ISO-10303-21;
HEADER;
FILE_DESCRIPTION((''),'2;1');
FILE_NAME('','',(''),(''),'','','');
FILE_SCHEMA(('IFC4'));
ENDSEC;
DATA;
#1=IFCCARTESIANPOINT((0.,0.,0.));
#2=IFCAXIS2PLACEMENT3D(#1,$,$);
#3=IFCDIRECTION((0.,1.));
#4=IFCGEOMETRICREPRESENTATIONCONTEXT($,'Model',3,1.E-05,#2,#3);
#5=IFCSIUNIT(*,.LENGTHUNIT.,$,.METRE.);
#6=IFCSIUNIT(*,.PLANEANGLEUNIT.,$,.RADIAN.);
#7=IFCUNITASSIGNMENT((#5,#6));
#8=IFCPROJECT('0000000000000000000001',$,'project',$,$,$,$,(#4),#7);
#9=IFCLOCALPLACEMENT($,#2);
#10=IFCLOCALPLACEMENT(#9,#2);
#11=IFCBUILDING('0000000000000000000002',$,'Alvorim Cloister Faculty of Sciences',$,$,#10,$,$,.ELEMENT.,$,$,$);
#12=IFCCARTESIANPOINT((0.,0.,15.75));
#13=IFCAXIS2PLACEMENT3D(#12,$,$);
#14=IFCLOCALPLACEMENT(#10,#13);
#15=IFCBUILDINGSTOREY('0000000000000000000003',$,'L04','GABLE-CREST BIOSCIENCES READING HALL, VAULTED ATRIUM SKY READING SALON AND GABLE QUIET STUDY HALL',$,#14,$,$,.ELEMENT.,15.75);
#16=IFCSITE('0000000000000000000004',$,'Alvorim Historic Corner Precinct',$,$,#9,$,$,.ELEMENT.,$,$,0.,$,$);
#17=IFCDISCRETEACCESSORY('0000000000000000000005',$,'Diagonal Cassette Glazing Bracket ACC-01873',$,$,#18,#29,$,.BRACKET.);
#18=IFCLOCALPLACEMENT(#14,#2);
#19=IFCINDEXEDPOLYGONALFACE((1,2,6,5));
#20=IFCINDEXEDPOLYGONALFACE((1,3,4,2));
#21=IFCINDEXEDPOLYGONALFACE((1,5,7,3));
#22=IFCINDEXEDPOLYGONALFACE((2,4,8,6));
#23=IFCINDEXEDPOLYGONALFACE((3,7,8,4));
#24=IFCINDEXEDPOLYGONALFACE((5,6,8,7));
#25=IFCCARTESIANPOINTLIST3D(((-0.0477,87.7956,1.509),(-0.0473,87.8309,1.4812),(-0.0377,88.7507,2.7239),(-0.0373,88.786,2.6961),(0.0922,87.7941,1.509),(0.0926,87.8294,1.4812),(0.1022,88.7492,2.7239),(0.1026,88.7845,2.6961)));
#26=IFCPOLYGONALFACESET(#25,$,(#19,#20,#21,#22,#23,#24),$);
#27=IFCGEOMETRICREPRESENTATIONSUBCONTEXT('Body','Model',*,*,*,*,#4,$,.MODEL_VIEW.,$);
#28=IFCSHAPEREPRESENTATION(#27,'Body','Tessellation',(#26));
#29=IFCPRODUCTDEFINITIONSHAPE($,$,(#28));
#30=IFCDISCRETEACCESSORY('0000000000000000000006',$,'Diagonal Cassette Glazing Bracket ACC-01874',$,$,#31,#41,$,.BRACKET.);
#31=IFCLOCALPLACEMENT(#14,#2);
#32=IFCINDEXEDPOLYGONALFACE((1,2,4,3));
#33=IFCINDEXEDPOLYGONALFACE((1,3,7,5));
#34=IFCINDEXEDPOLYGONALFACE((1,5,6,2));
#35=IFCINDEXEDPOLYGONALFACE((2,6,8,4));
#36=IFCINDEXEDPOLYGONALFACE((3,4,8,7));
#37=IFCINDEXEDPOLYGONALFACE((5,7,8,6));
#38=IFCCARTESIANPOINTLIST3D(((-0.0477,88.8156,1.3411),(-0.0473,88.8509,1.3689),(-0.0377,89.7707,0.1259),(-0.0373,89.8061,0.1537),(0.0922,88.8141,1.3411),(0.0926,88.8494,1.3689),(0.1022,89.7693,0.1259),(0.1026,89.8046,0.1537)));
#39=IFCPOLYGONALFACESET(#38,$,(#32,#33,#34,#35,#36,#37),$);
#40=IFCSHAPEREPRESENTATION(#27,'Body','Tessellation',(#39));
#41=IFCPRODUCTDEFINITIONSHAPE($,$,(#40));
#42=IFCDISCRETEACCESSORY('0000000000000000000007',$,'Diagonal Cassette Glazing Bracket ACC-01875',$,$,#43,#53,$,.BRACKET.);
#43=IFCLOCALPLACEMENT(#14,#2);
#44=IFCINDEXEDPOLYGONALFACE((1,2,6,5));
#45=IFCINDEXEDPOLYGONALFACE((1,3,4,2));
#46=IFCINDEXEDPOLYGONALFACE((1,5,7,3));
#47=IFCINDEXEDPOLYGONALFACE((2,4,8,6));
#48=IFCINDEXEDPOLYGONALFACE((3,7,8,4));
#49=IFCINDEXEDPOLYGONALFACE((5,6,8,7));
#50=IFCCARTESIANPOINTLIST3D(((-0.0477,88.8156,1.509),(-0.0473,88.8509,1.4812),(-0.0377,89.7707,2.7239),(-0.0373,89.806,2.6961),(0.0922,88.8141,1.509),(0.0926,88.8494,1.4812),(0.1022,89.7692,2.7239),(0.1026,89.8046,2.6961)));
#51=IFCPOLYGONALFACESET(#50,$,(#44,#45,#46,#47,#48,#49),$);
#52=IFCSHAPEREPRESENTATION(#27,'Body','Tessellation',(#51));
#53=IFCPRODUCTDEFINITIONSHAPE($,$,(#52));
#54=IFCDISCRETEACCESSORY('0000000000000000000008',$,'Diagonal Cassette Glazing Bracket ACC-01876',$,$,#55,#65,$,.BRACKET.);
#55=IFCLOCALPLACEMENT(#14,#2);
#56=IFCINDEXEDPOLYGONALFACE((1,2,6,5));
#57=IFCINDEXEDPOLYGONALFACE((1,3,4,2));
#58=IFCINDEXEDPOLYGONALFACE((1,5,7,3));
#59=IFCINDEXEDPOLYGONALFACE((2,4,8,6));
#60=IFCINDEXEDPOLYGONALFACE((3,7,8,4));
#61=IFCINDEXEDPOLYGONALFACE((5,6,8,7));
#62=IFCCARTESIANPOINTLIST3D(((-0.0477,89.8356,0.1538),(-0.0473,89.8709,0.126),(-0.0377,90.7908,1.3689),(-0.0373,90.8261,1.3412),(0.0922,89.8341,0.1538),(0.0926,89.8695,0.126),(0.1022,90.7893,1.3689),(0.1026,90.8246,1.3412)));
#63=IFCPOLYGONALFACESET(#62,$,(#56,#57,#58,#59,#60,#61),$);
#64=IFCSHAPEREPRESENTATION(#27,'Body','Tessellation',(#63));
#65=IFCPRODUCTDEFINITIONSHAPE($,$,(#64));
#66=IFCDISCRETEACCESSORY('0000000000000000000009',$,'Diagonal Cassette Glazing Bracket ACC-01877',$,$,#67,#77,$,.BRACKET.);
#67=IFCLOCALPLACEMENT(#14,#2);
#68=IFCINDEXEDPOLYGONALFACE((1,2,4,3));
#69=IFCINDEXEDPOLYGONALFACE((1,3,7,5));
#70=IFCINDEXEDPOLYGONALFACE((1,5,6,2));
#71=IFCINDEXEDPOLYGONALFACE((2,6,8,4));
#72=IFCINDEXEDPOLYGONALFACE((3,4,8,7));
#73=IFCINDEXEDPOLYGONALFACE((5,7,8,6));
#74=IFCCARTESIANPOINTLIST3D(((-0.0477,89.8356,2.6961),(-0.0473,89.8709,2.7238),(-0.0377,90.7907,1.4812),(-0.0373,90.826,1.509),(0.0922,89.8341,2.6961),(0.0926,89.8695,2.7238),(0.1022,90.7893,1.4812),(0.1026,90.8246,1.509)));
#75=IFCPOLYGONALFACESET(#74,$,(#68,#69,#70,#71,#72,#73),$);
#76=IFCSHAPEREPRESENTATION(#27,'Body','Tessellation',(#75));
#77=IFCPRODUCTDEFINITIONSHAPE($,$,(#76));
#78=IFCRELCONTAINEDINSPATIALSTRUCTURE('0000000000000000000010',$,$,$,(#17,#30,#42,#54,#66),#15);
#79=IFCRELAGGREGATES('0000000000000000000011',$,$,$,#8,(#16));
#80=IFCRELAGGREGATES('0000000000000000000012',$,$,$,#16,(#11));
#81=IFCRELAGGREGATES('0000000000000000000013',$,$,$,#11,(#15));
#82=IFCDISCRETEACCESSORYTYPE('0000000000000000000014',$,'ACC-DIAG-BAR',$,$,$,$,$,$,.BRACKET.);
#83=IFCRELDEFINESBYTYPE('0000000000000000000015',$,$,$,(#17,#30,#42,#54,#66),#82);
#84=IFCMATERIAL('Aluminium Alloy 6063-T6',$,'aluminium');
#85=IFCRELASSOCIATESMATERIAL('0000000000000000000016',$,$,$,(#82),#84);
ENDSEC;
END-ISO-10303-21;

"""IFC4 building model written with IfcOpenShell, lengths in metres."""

from ifc_helpers import new_model, si_unit, direction, frame, origin, origin_2d, place, context, subcontext, project, spatial, rectangle, extrude, material, type_object, element, save


model = new_model("IFC4")

# Units and contexts
model_context = context("Model", 3, precision=1e-05, world=origin(), true_north=direction((0.0, 1.0)))
body_context = subcontext(model_context, "Body", "Model", "MODEL_VIEW")
ifc_project = project(units=[si_unit("LENGTHUNIT", "METRE"), si_unit("PLANEANGLEUNIT", "RADIAN")], contexts=[model_context])

# Site, building, storey
site_placement = place(None, origin())
site = spatial("IfcSite", under=ifc_project, at=site_placement, Name="Alvorim Historic Corner Precinct", CompositionType="ELEMENT", RefElevation=0.0)
building_placement = place(site_placement, origin())
building = spatial("IfcBuilding", under=site, at=building_placement, Name="Alvorim Cloister Faculty of Sciences", CompositionType="ELEMENT")
storey_placement = place(building_placement, frame((0.0, 0.0, 15.75)))
storey = spatial("IfcBuildingStorey", under=building, at=storey_placement, Name="L04", Description="GABLE-CREST BIOSCIENCES READING HALL, VAULTED ATRIUM SKY READING SALON AND GABLE QUIET STUDY HALL", CompositionType="ELEMENT", Elevation=15.75)

# Shared definitions
ifc_material_1 = material(Name="Aluminium Alloy 6063-T6", Category="aluminium")

# Discrete accessories
discrete_accessory_type = type_object("IfcDiscreteAccessoryType", Name="ACC-DIAG-BAR", PredefinedType="BRACKET", material=ifc_material_1)
discrete_accessory_1_placement = place(storey_placement, frame((0.0225, 87.8125, 1.4951), z_axis=(0.006477, 0.618032, 0.786126), x_axis=(-0.999945, 0.01048, 0.0)))
element("IfcDiscreteAccessory", 1, at=discrete_accessory_1_placement, inside=storey, type_object=discrete_accessory_type, Name="Diagonal Cassette Glazing Bracket ACC-01873", PredefinedType="BRACKET", context=body_context, shape_type="SweptSolid", body=[
    extrude(rectangle(XDim=0.1399, YDim=0.0449, at=origin_2d()), origin(), (0.0, 0.0, 1.0), 1.5454),
])
discrete_accessory_2_placement = place(storey_placement, frame((0.0225, 88.8325, 1.355), z_axis=(0.006477, 0.617955, -0.786187), x_axis=(-0.999945, 0.01048, 0.0)))
element("IfcDiscreteAccessory", 2, at=discrete_accessory_2_placement, inside=storey, type_object=discrete_accessory_type, Name="Diagonal Cassette Glazing Bracket ACC-01874", PredefinedType="BRACKET", context=body_context, shape_type="SweptSolid", body=[
    extrude(rectangle(XDim=0.1399, YDim=0.0449, at=origin_2d()), origin(), (0.0, 0.0, 1.0), 1.5457),
])
discrete_accessory_3_placement = place(storey_placement, frame((0.0225, 88.8325, 1.4951), z_axis=(0.006477, 0.618032, 0.786126), x_axis=(-0.999945, 0.01048, 0.0)))
element("IfcDiscreteAccessory", 3, at=discrete_accessory_3_placement, inside=storey, type_object=discrete_accessory_type, Name="Diagonal Cassette Glazing Bracket ACC-01875", PredefinedType="BRACKET", context=body_context, shape_type="SweptSolid", body=[
    extrude(rectangle(XDim=0.1399, YDim=0.0449, at=origin_2d()), origin(), (0.0, 0.0, 1.0), 1.5454),
])
discrete_accessory_4_placement = place(storey_placement, frame((0.0225, 89.8525, 0.1399), z_axis=(0.006477, 0.617955, 0.786187), x_axis=(-0.999945, 0.01048, 0.0)))
element("IfcDiscreteAccessory", 4, at=discrete_accessory_4_placement, inside=storey, type_object=discrete_accessory_type, Name="Diagonal Cassette Glazing Bracket ACC-01876", PredefinedType="BRACKET", context=body_context, shape_type="SweptSolid", body=[
    extrude(rectangle(XDim=0.1399, YDim=0.0449, at=origin_2d()), origin(), (0.0, 0.0, 1.0), 1.5457),
])
discrete_accessory_5_placement = place(storey_placement, frame((0.0225, 89.8525, 2.71), z_axis=(0.006477, 0.618032, -0.786126), x_axis=(-0.999945, 0.01048, 0.0)))
element("IfcDiscreteAccessory", 5, at=discrete_accessory_5_placement, inside=storey, type_object=discrete_accessory_type, Name="Diagonal Cassette Glazing Bracket ACC-01877", PredefinedType="BRACKET", context=body_context, shape_type="SweptSolid", body=[
    extrude(rectangle(XDim=0.1399, YDim=0.0449, at=origin_2d()), origin(), (0.0, 0.0, 1.0), 1.5454),
])

save(model, "model.ifc")
